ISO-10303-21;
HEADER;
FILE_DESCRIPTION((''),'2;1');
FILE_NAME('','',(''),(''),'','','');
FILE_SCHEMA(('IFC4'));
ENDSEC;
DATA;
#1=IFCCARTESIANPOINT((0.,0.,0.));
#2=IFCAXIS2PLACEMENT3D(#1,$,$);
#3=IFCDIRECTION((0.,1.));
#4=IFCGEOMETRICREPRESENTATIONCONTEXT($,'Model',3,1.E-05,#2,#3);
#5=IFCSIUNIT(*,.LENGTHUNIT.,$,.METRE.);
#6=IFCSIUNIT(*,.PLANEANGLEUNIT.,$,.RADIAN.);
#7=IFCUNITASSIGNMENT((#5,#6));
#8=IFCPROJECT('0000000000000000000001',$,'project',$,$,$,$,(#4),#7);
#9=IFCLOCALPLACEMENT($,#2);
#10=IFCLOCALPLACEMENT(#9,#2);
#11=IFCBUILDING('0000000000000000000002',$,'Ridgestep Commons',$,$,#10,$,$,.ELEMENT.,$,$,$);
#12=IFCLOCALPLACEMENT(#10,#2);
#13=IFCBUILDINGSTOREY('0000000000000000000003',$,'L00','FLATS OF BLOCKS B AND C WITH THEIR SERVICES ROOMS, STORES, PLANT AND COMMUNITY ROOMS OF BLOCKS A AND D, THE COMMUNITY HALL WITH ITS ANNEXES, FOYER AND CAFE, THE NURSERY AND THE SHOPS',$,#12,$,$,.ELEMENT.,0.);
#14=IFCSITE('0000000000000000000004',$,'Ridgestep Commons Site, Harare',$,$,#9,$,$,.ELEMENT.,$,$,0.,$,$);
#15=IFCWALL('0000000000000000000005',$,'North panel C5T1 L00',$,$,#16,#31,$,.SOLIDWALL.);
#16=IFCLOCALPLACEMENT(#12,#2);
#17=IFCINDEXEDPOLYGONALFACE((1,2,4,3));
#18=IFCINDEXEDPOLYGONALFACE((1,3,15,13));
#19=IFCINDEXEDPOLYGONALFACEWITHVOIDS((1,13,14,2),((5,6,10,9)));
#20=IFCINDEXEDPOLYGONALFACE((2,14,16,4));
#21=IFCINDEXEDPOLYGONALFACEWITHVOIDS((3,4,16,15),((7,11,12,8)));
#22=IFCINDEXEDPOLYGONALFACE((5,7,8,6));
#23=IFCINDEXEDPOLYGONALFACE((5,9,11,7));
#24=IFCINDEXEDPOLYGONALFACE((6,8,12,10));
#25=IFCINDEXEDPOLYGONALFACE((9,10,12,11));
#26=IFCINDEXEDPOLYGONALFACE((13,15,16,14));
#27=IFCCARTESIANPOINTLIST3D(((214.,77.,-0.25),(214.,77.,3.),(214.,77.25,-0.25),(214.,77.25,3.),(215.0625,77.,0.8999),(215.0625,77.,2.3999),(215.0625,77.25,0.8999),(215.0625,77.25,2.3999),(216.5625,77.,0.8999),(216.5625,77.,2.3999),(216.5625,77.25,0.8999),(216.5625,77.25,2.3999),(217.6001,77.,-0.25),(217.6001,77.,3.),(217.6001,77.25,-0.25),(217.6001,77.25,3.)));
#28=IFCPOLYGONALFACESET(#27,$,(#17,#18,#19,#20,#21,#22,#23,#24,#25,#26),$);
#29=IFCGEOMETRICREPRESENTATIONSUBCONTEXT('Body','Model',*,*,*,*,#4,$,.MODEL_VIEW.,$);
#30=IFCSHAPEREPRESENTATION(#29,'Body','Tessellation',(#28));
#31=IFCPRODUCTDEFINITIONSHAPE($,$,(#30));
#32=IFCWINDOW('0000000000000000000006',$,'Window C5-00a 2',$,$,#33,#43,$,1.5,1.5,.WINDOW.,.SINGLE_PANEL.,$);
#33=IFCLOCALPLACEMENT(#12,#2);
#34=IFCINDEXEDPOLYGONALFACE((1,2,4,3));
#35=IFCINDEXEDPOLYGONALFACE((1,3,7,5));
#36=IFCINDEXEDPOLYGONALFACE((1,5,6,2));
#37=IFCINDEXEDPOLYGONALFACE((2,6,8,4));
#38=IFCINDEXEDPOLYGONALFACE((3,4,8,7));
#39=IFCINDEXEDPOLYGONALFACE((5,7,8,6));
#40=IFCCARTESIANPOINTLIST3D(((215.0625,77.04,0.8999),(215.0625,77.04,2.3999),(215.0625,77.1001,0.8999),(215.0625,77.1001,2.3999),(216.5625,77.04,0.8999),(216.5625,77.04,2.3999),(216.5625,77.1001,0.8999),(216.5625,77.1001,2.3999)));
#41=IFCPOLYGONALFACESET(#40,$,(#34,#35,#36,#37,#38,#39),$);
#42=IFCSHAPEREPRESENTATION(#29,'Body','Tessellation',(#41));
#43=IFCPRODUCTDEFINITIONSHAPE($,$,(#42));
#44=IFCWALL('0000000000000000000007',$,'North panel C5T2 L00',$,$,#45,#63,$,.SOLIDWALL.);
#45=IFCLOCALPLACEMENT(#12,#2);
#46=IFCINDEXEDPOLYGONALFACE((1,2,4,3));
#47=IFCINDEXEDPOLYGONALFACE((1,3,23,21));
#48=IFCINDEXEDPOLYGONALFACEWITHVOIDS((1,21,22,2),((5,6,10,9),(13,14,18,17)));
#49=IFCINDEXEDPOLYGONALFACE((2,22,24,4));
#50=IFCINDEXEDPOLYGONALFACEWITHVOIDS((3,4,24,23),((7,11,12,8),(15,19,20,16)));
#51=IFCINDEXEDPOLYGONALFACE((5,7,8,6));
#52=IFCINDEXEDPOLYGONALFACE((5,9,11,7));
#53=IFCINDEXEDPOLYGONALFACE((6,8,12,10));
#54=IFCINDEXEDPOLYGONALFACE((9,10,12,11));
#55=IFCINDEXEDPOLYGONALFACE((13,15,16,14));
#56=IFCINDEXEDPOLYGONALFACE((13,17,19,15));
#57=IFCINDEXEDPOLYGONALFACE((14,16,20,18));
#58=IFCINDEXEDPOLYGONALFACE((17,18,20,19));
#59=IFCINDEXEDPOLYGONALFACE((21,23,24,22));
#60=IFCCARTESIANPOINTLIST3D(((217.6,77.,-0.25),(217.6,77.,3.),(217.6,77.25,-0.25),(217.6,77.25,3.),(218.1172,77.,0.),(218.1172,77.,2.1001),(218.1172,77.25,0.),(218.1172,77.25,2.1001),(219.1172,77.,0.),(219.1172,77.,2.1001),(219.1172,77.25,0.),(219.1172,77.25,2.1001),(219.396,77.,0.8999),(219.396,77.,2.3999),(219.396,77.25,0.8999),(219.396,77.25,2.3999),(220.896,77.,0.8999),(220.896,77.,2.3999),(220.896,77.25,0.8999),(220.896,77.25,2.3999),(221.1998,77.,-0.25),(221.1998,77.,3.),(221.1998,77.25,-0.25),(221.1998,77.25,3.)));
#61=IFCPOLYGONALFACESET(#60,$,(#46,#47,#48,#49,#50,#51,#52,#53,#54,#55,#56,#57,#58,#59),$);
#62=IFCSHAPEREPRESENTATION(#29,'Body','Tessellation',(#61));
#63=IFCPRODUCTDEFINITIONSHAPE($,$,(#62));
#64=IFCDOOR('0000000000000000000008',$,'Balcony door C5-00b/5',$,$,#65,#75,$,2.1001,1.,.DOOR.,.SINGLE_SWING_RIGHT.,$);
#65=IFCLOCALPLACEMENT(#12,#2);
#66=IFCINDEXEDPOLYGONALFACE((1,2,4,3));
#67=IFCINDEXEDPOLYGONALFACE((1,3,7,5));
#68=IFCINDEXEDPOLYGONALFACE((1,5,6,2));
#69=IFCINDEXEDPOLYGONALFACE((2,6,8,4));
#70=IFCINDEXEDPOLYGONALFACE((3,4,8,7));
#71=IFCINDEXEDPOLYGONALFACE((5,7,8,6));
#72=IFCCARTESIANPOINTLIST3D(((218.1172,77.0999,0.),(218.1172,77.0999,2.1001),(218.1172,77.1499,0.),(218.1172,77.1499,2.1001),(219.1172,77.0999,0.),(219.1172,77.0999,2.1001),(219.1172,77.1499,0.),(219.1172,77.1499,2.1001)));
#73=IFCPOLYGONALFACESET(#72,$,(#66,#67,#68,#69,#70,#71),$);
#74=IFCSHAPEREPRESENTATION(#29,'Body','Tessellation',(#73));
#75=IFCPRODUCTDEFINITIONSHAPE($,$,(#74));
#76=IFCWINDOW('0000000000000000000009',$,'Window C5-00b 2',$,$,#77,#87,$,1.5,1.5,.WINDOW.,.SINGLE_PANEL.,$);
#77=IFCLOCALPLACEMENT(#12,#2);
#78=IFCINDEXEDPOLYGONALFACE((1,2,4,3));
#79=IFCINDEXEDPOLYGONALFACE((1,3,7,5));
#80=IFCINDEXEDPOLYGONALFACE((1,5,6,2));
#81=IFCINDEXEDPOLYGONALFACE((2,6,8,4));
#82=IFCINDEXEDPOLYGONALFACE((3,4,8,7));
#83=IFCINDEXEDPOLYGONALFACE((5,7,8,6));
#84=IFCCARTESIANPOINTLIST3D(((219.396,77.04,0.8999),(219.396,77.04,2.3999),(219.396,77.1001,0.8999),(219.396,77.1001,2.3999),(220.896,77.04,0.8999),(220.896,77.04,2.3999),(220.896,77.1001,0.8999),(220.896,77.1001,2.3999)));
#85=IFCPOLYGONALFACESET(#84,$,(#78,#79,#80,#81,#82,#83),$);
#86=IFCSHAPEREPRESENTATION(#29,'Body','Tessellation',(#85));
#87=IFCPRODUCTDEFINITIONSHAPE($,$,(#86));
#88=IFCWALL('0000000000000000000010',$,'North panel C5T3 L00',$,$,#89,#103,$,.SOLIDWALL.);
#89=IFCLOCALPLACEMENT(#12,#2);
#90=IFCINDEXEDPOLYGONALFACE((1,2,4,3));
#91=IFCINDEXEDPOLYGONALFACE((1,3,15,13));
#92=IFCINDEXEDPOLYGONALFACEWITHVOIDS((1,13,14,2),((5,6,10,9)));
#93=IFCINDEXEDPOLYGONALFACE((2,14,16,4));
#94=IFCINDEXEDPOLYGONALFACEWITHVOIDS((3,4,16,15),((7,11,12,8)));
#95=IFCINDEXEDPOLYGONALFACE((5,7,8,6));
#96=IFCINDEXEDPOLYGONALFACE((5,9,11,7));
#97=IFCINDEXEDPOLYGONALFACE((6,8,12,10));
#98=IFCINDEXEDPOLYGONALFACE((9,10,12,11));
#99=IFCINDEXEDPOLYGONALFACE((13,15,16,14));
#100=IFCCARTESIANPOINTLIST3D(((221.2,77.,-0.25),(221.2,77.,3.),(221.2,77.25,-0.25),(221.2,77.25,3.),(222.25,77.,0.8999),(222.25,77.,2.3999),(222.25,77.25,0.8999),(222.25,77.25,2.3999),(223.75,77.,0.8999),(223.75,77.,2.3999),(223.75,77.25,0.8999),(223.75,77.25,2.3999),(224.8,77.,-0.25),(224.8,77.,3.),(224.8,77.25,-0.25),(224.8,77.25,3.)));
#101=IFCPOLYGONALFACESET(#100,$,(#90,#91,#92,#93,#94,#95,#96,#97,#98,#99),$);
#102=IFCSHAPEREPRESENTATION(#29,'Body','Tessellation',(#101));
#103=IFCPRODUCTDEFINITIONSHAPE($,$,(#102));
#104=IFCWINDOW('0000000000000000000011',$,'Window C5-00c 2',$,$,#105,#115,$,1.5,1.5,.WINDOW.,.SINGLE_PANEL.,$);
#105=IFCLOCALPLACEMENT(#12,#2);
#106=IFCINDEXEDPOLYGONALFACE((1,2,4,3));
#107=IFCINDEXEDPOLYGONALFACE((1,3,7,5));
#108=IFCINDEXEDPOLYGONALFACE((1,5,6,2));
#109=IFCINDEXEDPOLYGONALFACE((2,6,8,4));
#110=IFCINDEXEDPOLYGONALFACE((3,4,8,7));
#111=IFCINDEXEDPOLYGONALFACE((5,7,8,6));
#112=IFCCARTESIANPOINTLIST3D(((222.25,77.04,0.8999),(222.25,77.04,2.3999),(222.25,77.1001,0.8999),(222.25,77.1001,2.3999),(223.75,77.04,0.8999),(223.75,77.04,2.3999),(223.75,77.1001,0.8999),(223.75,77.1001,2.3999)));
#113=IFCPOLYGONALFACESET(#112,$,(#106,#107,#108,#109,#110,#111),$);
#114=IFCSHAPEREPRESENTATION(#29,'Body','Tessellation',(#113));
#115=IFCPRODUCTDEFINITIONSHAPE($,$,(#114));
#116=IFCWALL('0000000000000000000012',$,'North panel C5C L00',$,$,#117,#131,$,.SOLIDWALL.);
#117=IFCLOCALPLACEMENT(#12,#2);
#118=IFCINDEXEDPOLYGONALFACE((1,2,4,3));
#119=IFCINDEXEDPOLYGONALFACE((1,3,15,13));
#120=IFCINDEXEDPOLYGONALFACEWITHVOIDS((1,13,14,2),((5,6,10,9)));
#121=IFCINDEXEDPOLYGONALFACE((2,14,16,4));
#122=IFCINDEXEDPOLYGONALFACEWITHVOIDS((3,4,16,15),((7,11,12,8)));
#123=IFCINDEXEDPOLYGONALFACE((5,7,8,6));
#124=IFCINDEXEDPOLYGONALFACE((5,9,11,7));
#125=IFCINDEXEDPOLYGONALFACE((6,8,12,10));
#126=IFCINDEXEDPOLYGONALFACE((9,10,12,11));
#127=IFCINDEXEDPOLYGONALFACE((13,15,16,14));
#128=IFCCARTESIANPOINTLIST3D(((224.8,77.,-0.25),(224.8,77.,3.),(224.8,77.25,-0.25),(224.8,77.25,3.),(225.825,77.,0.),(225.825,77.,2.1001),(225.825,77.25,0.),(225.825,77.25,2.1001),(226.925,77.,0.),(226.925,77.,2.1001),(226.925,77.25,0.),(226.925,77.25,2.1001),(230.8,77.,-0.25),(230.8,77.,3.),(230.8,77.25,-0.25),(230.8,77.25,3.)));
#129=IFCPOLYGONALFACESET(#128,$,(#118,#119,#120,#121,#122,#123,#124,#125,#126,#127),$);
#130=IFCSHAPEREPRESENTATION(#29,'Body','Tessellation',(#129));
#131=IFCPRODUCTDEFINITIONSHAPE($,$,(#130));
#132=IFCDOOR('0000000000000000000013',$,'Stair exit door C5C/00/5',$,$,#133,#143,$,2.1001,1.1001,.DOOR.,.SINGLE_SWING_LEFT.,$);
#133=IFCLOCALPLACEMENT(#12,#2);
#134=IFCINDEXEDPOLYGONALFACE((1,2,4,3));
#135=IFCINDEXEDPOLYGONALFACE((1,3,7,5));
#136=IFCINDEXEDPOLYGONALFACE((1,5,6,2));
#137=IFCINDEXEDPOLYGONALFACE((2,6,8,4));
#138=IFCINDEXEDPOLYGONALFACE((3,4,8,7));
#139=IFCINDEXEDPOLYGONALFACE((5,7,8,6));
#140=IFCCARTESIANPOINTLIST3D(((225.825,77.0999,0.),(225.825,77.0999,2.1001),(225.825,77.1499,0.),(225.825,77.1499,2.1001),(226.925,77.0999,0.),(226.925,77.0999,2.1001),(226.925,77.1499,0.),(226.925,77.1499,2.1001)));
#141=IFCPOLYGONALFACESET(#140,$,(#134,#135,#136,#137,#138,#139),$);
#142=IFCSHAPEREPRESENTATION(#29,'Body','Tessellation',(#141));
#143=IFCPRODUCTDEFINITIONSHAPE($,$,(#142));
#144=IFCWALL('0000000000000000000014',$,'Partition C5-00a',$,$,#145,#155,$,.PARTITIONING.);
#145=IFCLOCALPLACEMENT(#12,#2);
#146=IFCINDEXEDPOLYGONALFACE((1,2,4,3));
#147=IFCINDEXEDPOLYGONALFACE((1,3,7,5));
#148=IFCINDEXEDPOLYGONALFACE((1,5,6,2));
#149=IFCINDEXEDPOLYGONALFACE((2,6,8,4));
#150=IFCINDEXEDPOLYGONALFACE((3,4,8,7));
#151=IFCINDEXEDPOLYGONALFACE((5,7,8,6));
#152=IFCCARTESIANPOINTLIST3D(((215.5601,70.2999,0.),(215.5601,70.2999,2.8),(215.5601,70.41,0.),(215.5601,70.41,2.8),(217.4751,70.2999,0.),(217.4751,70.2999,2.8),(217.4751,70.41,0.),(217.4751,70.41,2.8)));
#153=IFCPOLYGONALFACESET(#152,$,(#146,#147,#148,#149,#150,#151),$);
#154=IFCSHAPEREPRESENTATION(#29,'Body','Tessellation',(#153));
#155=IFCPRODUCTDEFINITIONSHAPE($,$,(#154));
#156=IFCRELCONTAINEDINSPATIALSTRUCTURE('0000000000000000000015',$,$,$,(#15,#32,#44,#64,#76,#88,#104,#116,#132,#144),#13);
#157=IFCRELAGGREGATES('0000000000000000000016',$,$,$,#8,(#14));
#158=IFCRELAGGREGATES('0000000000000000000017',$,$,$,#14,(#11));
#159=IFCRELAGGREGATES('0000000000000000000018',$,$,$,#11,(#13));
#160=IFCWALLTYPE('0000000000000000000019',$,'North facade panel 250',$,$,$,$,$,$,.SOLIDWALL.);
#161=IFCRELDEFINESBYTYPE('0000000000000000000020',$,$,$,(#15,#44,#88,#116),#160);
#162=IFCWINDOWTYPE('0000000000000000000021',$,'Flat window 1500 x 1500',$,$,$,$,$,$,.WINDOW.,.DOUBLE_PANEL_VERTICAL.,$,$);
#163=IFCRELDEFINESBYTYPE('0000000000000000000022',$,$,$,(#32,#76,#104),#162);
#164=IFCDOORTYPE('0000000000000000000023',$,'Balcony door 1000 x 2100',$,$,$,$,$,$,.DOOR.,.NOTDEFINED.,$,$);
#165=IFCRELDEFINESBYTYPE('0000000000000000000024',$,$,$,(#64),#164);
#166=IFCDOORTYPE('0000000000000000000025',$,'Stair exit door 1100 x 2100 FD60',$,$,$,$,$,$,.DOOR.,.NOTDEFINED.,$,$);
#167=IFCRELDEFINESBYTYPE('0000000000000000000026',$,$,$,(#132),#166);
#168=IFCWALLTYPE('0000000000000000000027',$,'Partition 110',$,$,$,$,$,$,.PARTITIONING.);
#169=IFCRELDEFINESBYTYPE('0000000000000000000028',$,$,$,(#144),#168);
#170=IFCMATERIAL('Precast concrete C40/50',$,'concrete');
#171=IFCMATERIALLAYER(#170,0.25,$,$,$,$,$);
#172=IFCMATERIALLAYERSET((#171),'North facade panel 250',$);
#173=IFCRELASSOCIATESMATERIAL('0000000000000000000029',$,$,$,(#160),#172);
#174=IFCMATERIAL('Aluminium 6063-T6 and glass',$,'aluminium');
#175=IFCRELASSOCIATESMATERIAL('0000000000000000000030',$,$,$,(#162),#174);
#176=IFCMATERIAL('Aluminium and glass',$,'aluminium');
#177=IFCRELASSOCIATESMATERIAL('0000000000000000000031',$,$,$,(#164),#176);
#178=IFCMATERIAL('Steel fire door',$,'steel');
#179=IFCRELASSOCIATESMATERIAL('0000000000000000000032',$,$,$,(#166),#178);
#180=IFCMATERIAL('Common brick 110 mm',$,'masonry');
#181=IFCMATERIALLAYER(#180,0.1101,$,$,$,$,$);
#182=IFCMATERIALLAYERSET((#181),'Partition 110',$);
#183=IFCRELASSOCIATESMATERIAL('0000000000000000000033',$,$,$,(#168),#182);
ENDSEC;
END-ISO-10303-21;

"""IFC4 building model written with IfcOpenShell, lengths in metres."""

from ifc_helpers import new_model, si_unit, direction, frame, frame_2d, origin, place, context, subcontext, project, spatial, rectangle, extrude, material, layer, layer_set, type_object, element, fill, save


model = new_model("IFC4")

# Units and contexts
model_context = context("Model", 3, precision=1e-05, world=origin(), true_north=direction((0.0, 1.0)))
body_context = subcontext(model_context, "Body", "Model", "MODEL_VIEW")
ifc_project = project(units=[si_unit("LENGTHUNIT", "METRE"), si_unit("PLANEANGLEUNIT", "RADIAN")], contexts=[model_context])

# Site, building, storey
site_placement = place(None, origin())
site = spatial("IfcSite", under=ifc_project, at=site_placement, Name="Ridgestep Commons Site, Harare", CompositionType="ELEMENT", RefElevation=0.0)
building_placement = place(site_placement, origin())
building = spatial("IfcBuilding", under=site, at=building_placement, Name="Ridgestep Commons", CompositionType="ELEMENT")
storey_placement = place(building_placement, origin())
storey = spatial("IfcBuildingStorey", under=building, at=storey_placement, Name="L00", Description="FLATS OF BLOCKS B AND C WITH THEIR SERVICES ROOMS, STORES, PLANT AND COMMUNITY ROOMS OF BLOCKS A AND D, THE COMMUNITY HALL WITH ITS ANNEXES, FOYER AND CAFE, THE NURSERY AND THE SHOPS", CompositionType="ELEMENT", Elevation=0.0)

# Wall, opening, window
ifc_material_1 = material(Name="Precast concrete C40/50", Category="concrete")
ifc_layer_1 = layer(ifc_material_1, 0.25)
ifc_layer_set_1 = layer_set([ifc_layer_1], Name="North facade panel 250")
wall_type_1 = type_object("IfcWallType", Name="North facade panel 250", PredefinedType="SOLIDWALL", material=ifc_layer_set_1)
wall_1_placement = place(storey_placement, frame((214.0, 77.125, -0.25), z_axis=(0.0, 0.0, 1.0), x_axis=(1.0, 0.0, 0.0)))
wall_1 = element("IfcWall", 1, at=wall_1_placement, inside=storey, type_object=wall_type_1, Name="North panel C5T1 L00", PredefinedType="SOLIDWALL", context=body_context, shape_type="SweptSolid", body=[
    extrude(rectangle(XDim=3.6001, YDim=0.25, at=frame_2d((1.8, 0.0))), origin(), (0.0, 0.0, 1.0), 3.25),
])
opening_1_placement = place(wall_1_placement, frame((1.0625, 0.0, 1.1499)))
opening_1 = element("IfcOpeningElement", 2, at=opening_1_placement, cuts=wall_1, PredefinedType="OPENING", context=body_context, shape_type="SweptSolid", body=[
    extrude(rectangle(XDim=1.5, YDim=1.5, at=frame_2d((0.75, 0.75))), frame((0.0, 0.135, 0.0), z_axis=(0.0, -1.0, 0.0), x_axis=(1.0, 0.0, 0.0)), (0.0, 0.0, 1.0), 0.27),
])
ifc_material_2 = material(Name="Aluminium 6063-T6 and glass", Category="aluminium")
window_type = type_object("IfcWindowType", Name="Flat window 1500 x 1500", PartitioningType="DOUBLE_PANEL_VERTICAL", PredefinedType="WINDOW", material=ifc_material_2)
window_1_placement = place(opening_1_placement, origin())
window_1 = element("IfcWindow", 3, at=window_1_placement, inside=storey, type_object=window_type, Name="Window C5-00a 2", OverallHeight=1.5, OverallWidth=1.5, PartitioningType="SINGLE_PANEL", PredefinedType="WINDOW", context=body_context, shape_type="SweptSolid", body=[
    extrude(rectangle(XDim=1.5, YDim=1.5, at=frame_2d((0.75, 0.75))), frame((0.0, -0.0249, 0.0), z_axis=(0.0, -1.0, 0.0), x_axis=(1.0, 0.0, 0.0)), (0.0, 0.0, 1.0), 0.0601),
])
fill(opening_1, window_1)

# Wall, openings, door, window
wall_2_placement = place(storey_placement, frame((217.6001, 77.125, -0.25), z_axis=(0.0, 0.0, 1.0), x_axis=(1.0, 0.0, 0.0)))
wall_2 = element("IfcWall", 4, at=wall_2_placement, inside=storey, type_object=wall_type_1, Name="North panel C5T2 L00", PredefinedType="SOLIDWALL", context=body_context, shape_type="SweptSolid", body=[
    extrude(rectangle(XDim=3.5999, YDim=0.25, at=frame_2d((1.7998, 0.0))), origin(), (0.0, 0.0, 1.0), 3.25),
])
opening_2_placement = place(wall_2_placement, frame((1.7959, 0.0, 1.1499)))
opening_2 = element("IfcOpeningElement", 5, at=opening_2_placement, cuts=wall_2, PredefinedType="OPENING", context=body_context, shape_type="SweptSolid", body=[
    extrude(rectangle(XDim=1.5, YDim=1.5, at=frame_2d((0.75, 0.75))), frame((0.0, 0.135, 0.0), z_axis=(0.0, -1.0, 0.0), x_axis=(1.0, 0.0, 0.0)), (0.0, 0.0, 1.0), 0.27),
])
opening_3_placement = place(wall_2_placement, frame((0.5171, 0.0, 0.25)))
opening_3 = element("IfcOpeningElement", 6, at=opening_3_placement, cuts=wall_2, PredefinedType="OPENING", context=body_context, shape_type="SweptSolid", body=[
    extrude(rectangle(XDim=1.0, YDim=2.1001, at=frame_2d((0.5, 1.05))), frame((0.0, 0.135, 0.0), z_axis=(0.0, -1.0, 0.0), x_axis=(1.0, 0.0, 0.0)), (0.0, 0.0, 1.0), 0.27),
])
ifc_material_3 = material(Name="Aluminium and glass", Category="aluminium")
door_type_1 = type_object("IfcDoorType", Name="Balcony door 1000 x 2100", OperationType="NOTDEFINED", PredefinedType="DOOR", material=ifc_material_3)
door_1_placement = place(opening_3_placement, origin())
door_1 = element("IfcDoor", 7, at=door_1_placement, inside=storey, type_object=door_type_1, Name="Balcony door C5-00b/5", OperationType="SINGLE_SWING_RIGHT", OverallHeight=2.1001, OverallWidth=1.0, PredefinedType="DOOR", context=body_context, shape_type="SweptSolid", body=[
    extrude(rectangle(XDim=1.0, YDim=2.1001, at=frame_2d((0.5, 1.05))), frame((0.0, 0.0249, 0.0), z_axis=(0.0, -1.0, 0.0), x_axis=(1.0, 0.0, 0.0)), (0.0, 0.0, 1.0), 0.05),
])
fill(opening_3, door_1)
window_2_placement = place(opening_2_placement, origin())
window_2 = element("IfcWindow", 8, at=window_2_placement, inside=storey, type_object=window_type, Name="Window C5-00b 2", OverallHeight=1.5, OverallWidth=1.5, PartitioningType="SINGLE_PANEL", PredefinedType="WINDOW", context=body_context, shape_type="SweptSolid", body=[
    extrude(rectangle(XDim=1.5, YDim=1.5, at=frame_2d((0.75, 0.75))), frame((0.0, -0.0249, 0.0), z_axis=(0.0, -1.0, 0.0), x_axis=(1.0, 0.0, 0.0)), (0.0, 0.0, 1.0), 0.0601),
])
fill(opening_2, window_2)

# Wall, opening, window
wall_3_placement = place(storey_placement, frame((221.2, 77.125, -0.25), z_axis=(0.0, 0.0, 1.0), x_axis=(1.0, 0.0, 0.0)))
wall_3 = element("IfcWall", 9, at=wall_3_placement, inside=storey, type_object=wall_type_1, Name="North panel C5T3 L00", PredefinedType="SOLIDWALL", context=body_context, shape_type="SweptSolid", body=[
    extrude(rectangle(XDim=3.6001, YDim=0.25, at=frame_2d((1.8, 0.0))), origin(), (0.0, 0.0, 1.0), 3.25),
])
opening_4_placement = place(wall_3_placement, frame((1.05, 0.0, 1.1499)))
opening_4 = element("IfcOpeningElement", 10, at=opening_4_placement, cuts=wall_3, PredefinedType="OPENING", context=body_context, shape_type="SweptSolid", body=[
    extrude(rectangle(XDim=1.5, YDim=1.5, at=frame_2d((0.75, 0.75))), frame((0.0, 0.135, 0.0), z_axis=(0.0, -1.0, 0.0), x_axis=(1.0, 0.0, 0.0)), (0.0, 0.0, 1.0), 0.27),
])
window_3_placement = place(opening_4_placement, origin())
window_3 = element("IfcWindow", 11, at=window_3_placement, inside=storey, type_object=window_type, Name="Window C5-00c 2", OverallHeight=1.5, OverallWidth=1.5, PartitioningType="SINGLE_PANEL", PredefinedType="WINDOW", context=body_context, shape_type="SweptSolid", body=[
    extrude(rectangle(XDim=1.5, YDim=1.5, at=frame_2d((0.75, 0.75))), frame((0.0, -0.0249, 0.0), z_axis=(0.0, -1.0, 0.0), x_axis=(1.0, 0.0, 0.0)), (0.0, 0.0, 1.0), 0.0601),
])
fill(opening_4, window_3)

# Wall, opening, door
wall_4_placement = place(storey_placement, frame((224.8, 77.125, -0.25), z_axis=(0.0, 0.0, 1.0), x_axis=(1.0, 0.0, 0.0)))
wall_4 = element("IfcWall", 12, at=wall_4_placement, inside=storey, type_object=wall_type_1, Name="North panel C5C L00", PredefinedType="SOLIDWALL", context=body_context, shape_type="SweptSolid", body=[
    extrude(rectangle(XDim=6.0, YDim=0.25, at=frame_2d((3.0, 0.0))), origin(), (0.0, 0.0, 1.0), 3.25),
])
opening_5_placement = place(wall_4_placement, frame((1.0249, 0.0, 0.25)))
opening_5 = element("IfcOpeningElement", 13, at=opening_5_placement, cuts=wall_4, PredefinedType="OPENING", context=body_context, shape_type="SweptSolid", body=[
    extrude(rectangle(XDim=1.1001, YDim=2.1001, at=frame_2d((0.55, 1.05))), frame((0.0, 0.135, 0.0), z_axis=(0.0, -1.0, 0.0), x_axis=(1.0, 0.0, 0.0)), (0.0, 0.0, 1.0), 0.27),
])
ifc_material_4 = material(Name="Steel fire door", Category="steel")
door_type_2 = type_object("IfcDoorType", Name="Stair exit door 1100 x 2100 FD60", OperationType="NOTDEFINED", PredefinedType="DOOR", material=ifc_material_4)
door_2_placement = place(opening_5_placement, origin())
door_2 = element("IfcDoor", 14, at=door_2_placement, inside=storey, type_object=door_type_2, Name="Stair exit door C5C/00/5", OperationType="SINGLE_SWING_LEFT", OverallHeight=2.1001, OverallWidth=1.1001, PredefinedType="DOOR", context=body_context, shape_type="SweptSolid", body=[
    extrude(rectangle(XDim=1.1001, YDim=2.1001, at=frame_2d((0.55, 1.05))), frame((0.0, 0.0249, 0.0), z_axis=(0.0, -1.0, 0.0), x_axis=(1.0, 0.0, 0.0)), (0.0, 0.0, 1.0), 0.05),
])
fill(opening_5, door_2)

# Wall
ifc_material_5 = material(Name="Common brick 110 mm", Category="masonry")
ifc_layer_2 = layer(ifc_material_5, 0.1101)
ifc_layer_set_2 = layer_set([ifc_layer_2], Name="Partition 110")
wall_type_2 = type_object("IfcWallType", Name="Partition 110", PredefinedType="PARTITIONING", material=ifc_layer_set_2)
wall_5_placement = place(storey_placement, frame((215.5601, 70.355, 0.0), z_axis=(0.0, 0.0, 1.0), x_axis=(1.0, 0.0, 0.0)))
element("IfcWall", 15, at=wall_5_placement, inside=storey, type_object=wall_type_2, Name="Partition C5-00a", PredefinedType="PARTITIONING", context=body_context, shape_type="SweptSolid", body=[
    extrude(rectangle(XDim=1.915, YDim=0.1101, at=frame_2d((0.9575, 0.0))), origin(), (0.0, 0.0, 1.0), 2.8),
])

save(model, "model.ifc")
